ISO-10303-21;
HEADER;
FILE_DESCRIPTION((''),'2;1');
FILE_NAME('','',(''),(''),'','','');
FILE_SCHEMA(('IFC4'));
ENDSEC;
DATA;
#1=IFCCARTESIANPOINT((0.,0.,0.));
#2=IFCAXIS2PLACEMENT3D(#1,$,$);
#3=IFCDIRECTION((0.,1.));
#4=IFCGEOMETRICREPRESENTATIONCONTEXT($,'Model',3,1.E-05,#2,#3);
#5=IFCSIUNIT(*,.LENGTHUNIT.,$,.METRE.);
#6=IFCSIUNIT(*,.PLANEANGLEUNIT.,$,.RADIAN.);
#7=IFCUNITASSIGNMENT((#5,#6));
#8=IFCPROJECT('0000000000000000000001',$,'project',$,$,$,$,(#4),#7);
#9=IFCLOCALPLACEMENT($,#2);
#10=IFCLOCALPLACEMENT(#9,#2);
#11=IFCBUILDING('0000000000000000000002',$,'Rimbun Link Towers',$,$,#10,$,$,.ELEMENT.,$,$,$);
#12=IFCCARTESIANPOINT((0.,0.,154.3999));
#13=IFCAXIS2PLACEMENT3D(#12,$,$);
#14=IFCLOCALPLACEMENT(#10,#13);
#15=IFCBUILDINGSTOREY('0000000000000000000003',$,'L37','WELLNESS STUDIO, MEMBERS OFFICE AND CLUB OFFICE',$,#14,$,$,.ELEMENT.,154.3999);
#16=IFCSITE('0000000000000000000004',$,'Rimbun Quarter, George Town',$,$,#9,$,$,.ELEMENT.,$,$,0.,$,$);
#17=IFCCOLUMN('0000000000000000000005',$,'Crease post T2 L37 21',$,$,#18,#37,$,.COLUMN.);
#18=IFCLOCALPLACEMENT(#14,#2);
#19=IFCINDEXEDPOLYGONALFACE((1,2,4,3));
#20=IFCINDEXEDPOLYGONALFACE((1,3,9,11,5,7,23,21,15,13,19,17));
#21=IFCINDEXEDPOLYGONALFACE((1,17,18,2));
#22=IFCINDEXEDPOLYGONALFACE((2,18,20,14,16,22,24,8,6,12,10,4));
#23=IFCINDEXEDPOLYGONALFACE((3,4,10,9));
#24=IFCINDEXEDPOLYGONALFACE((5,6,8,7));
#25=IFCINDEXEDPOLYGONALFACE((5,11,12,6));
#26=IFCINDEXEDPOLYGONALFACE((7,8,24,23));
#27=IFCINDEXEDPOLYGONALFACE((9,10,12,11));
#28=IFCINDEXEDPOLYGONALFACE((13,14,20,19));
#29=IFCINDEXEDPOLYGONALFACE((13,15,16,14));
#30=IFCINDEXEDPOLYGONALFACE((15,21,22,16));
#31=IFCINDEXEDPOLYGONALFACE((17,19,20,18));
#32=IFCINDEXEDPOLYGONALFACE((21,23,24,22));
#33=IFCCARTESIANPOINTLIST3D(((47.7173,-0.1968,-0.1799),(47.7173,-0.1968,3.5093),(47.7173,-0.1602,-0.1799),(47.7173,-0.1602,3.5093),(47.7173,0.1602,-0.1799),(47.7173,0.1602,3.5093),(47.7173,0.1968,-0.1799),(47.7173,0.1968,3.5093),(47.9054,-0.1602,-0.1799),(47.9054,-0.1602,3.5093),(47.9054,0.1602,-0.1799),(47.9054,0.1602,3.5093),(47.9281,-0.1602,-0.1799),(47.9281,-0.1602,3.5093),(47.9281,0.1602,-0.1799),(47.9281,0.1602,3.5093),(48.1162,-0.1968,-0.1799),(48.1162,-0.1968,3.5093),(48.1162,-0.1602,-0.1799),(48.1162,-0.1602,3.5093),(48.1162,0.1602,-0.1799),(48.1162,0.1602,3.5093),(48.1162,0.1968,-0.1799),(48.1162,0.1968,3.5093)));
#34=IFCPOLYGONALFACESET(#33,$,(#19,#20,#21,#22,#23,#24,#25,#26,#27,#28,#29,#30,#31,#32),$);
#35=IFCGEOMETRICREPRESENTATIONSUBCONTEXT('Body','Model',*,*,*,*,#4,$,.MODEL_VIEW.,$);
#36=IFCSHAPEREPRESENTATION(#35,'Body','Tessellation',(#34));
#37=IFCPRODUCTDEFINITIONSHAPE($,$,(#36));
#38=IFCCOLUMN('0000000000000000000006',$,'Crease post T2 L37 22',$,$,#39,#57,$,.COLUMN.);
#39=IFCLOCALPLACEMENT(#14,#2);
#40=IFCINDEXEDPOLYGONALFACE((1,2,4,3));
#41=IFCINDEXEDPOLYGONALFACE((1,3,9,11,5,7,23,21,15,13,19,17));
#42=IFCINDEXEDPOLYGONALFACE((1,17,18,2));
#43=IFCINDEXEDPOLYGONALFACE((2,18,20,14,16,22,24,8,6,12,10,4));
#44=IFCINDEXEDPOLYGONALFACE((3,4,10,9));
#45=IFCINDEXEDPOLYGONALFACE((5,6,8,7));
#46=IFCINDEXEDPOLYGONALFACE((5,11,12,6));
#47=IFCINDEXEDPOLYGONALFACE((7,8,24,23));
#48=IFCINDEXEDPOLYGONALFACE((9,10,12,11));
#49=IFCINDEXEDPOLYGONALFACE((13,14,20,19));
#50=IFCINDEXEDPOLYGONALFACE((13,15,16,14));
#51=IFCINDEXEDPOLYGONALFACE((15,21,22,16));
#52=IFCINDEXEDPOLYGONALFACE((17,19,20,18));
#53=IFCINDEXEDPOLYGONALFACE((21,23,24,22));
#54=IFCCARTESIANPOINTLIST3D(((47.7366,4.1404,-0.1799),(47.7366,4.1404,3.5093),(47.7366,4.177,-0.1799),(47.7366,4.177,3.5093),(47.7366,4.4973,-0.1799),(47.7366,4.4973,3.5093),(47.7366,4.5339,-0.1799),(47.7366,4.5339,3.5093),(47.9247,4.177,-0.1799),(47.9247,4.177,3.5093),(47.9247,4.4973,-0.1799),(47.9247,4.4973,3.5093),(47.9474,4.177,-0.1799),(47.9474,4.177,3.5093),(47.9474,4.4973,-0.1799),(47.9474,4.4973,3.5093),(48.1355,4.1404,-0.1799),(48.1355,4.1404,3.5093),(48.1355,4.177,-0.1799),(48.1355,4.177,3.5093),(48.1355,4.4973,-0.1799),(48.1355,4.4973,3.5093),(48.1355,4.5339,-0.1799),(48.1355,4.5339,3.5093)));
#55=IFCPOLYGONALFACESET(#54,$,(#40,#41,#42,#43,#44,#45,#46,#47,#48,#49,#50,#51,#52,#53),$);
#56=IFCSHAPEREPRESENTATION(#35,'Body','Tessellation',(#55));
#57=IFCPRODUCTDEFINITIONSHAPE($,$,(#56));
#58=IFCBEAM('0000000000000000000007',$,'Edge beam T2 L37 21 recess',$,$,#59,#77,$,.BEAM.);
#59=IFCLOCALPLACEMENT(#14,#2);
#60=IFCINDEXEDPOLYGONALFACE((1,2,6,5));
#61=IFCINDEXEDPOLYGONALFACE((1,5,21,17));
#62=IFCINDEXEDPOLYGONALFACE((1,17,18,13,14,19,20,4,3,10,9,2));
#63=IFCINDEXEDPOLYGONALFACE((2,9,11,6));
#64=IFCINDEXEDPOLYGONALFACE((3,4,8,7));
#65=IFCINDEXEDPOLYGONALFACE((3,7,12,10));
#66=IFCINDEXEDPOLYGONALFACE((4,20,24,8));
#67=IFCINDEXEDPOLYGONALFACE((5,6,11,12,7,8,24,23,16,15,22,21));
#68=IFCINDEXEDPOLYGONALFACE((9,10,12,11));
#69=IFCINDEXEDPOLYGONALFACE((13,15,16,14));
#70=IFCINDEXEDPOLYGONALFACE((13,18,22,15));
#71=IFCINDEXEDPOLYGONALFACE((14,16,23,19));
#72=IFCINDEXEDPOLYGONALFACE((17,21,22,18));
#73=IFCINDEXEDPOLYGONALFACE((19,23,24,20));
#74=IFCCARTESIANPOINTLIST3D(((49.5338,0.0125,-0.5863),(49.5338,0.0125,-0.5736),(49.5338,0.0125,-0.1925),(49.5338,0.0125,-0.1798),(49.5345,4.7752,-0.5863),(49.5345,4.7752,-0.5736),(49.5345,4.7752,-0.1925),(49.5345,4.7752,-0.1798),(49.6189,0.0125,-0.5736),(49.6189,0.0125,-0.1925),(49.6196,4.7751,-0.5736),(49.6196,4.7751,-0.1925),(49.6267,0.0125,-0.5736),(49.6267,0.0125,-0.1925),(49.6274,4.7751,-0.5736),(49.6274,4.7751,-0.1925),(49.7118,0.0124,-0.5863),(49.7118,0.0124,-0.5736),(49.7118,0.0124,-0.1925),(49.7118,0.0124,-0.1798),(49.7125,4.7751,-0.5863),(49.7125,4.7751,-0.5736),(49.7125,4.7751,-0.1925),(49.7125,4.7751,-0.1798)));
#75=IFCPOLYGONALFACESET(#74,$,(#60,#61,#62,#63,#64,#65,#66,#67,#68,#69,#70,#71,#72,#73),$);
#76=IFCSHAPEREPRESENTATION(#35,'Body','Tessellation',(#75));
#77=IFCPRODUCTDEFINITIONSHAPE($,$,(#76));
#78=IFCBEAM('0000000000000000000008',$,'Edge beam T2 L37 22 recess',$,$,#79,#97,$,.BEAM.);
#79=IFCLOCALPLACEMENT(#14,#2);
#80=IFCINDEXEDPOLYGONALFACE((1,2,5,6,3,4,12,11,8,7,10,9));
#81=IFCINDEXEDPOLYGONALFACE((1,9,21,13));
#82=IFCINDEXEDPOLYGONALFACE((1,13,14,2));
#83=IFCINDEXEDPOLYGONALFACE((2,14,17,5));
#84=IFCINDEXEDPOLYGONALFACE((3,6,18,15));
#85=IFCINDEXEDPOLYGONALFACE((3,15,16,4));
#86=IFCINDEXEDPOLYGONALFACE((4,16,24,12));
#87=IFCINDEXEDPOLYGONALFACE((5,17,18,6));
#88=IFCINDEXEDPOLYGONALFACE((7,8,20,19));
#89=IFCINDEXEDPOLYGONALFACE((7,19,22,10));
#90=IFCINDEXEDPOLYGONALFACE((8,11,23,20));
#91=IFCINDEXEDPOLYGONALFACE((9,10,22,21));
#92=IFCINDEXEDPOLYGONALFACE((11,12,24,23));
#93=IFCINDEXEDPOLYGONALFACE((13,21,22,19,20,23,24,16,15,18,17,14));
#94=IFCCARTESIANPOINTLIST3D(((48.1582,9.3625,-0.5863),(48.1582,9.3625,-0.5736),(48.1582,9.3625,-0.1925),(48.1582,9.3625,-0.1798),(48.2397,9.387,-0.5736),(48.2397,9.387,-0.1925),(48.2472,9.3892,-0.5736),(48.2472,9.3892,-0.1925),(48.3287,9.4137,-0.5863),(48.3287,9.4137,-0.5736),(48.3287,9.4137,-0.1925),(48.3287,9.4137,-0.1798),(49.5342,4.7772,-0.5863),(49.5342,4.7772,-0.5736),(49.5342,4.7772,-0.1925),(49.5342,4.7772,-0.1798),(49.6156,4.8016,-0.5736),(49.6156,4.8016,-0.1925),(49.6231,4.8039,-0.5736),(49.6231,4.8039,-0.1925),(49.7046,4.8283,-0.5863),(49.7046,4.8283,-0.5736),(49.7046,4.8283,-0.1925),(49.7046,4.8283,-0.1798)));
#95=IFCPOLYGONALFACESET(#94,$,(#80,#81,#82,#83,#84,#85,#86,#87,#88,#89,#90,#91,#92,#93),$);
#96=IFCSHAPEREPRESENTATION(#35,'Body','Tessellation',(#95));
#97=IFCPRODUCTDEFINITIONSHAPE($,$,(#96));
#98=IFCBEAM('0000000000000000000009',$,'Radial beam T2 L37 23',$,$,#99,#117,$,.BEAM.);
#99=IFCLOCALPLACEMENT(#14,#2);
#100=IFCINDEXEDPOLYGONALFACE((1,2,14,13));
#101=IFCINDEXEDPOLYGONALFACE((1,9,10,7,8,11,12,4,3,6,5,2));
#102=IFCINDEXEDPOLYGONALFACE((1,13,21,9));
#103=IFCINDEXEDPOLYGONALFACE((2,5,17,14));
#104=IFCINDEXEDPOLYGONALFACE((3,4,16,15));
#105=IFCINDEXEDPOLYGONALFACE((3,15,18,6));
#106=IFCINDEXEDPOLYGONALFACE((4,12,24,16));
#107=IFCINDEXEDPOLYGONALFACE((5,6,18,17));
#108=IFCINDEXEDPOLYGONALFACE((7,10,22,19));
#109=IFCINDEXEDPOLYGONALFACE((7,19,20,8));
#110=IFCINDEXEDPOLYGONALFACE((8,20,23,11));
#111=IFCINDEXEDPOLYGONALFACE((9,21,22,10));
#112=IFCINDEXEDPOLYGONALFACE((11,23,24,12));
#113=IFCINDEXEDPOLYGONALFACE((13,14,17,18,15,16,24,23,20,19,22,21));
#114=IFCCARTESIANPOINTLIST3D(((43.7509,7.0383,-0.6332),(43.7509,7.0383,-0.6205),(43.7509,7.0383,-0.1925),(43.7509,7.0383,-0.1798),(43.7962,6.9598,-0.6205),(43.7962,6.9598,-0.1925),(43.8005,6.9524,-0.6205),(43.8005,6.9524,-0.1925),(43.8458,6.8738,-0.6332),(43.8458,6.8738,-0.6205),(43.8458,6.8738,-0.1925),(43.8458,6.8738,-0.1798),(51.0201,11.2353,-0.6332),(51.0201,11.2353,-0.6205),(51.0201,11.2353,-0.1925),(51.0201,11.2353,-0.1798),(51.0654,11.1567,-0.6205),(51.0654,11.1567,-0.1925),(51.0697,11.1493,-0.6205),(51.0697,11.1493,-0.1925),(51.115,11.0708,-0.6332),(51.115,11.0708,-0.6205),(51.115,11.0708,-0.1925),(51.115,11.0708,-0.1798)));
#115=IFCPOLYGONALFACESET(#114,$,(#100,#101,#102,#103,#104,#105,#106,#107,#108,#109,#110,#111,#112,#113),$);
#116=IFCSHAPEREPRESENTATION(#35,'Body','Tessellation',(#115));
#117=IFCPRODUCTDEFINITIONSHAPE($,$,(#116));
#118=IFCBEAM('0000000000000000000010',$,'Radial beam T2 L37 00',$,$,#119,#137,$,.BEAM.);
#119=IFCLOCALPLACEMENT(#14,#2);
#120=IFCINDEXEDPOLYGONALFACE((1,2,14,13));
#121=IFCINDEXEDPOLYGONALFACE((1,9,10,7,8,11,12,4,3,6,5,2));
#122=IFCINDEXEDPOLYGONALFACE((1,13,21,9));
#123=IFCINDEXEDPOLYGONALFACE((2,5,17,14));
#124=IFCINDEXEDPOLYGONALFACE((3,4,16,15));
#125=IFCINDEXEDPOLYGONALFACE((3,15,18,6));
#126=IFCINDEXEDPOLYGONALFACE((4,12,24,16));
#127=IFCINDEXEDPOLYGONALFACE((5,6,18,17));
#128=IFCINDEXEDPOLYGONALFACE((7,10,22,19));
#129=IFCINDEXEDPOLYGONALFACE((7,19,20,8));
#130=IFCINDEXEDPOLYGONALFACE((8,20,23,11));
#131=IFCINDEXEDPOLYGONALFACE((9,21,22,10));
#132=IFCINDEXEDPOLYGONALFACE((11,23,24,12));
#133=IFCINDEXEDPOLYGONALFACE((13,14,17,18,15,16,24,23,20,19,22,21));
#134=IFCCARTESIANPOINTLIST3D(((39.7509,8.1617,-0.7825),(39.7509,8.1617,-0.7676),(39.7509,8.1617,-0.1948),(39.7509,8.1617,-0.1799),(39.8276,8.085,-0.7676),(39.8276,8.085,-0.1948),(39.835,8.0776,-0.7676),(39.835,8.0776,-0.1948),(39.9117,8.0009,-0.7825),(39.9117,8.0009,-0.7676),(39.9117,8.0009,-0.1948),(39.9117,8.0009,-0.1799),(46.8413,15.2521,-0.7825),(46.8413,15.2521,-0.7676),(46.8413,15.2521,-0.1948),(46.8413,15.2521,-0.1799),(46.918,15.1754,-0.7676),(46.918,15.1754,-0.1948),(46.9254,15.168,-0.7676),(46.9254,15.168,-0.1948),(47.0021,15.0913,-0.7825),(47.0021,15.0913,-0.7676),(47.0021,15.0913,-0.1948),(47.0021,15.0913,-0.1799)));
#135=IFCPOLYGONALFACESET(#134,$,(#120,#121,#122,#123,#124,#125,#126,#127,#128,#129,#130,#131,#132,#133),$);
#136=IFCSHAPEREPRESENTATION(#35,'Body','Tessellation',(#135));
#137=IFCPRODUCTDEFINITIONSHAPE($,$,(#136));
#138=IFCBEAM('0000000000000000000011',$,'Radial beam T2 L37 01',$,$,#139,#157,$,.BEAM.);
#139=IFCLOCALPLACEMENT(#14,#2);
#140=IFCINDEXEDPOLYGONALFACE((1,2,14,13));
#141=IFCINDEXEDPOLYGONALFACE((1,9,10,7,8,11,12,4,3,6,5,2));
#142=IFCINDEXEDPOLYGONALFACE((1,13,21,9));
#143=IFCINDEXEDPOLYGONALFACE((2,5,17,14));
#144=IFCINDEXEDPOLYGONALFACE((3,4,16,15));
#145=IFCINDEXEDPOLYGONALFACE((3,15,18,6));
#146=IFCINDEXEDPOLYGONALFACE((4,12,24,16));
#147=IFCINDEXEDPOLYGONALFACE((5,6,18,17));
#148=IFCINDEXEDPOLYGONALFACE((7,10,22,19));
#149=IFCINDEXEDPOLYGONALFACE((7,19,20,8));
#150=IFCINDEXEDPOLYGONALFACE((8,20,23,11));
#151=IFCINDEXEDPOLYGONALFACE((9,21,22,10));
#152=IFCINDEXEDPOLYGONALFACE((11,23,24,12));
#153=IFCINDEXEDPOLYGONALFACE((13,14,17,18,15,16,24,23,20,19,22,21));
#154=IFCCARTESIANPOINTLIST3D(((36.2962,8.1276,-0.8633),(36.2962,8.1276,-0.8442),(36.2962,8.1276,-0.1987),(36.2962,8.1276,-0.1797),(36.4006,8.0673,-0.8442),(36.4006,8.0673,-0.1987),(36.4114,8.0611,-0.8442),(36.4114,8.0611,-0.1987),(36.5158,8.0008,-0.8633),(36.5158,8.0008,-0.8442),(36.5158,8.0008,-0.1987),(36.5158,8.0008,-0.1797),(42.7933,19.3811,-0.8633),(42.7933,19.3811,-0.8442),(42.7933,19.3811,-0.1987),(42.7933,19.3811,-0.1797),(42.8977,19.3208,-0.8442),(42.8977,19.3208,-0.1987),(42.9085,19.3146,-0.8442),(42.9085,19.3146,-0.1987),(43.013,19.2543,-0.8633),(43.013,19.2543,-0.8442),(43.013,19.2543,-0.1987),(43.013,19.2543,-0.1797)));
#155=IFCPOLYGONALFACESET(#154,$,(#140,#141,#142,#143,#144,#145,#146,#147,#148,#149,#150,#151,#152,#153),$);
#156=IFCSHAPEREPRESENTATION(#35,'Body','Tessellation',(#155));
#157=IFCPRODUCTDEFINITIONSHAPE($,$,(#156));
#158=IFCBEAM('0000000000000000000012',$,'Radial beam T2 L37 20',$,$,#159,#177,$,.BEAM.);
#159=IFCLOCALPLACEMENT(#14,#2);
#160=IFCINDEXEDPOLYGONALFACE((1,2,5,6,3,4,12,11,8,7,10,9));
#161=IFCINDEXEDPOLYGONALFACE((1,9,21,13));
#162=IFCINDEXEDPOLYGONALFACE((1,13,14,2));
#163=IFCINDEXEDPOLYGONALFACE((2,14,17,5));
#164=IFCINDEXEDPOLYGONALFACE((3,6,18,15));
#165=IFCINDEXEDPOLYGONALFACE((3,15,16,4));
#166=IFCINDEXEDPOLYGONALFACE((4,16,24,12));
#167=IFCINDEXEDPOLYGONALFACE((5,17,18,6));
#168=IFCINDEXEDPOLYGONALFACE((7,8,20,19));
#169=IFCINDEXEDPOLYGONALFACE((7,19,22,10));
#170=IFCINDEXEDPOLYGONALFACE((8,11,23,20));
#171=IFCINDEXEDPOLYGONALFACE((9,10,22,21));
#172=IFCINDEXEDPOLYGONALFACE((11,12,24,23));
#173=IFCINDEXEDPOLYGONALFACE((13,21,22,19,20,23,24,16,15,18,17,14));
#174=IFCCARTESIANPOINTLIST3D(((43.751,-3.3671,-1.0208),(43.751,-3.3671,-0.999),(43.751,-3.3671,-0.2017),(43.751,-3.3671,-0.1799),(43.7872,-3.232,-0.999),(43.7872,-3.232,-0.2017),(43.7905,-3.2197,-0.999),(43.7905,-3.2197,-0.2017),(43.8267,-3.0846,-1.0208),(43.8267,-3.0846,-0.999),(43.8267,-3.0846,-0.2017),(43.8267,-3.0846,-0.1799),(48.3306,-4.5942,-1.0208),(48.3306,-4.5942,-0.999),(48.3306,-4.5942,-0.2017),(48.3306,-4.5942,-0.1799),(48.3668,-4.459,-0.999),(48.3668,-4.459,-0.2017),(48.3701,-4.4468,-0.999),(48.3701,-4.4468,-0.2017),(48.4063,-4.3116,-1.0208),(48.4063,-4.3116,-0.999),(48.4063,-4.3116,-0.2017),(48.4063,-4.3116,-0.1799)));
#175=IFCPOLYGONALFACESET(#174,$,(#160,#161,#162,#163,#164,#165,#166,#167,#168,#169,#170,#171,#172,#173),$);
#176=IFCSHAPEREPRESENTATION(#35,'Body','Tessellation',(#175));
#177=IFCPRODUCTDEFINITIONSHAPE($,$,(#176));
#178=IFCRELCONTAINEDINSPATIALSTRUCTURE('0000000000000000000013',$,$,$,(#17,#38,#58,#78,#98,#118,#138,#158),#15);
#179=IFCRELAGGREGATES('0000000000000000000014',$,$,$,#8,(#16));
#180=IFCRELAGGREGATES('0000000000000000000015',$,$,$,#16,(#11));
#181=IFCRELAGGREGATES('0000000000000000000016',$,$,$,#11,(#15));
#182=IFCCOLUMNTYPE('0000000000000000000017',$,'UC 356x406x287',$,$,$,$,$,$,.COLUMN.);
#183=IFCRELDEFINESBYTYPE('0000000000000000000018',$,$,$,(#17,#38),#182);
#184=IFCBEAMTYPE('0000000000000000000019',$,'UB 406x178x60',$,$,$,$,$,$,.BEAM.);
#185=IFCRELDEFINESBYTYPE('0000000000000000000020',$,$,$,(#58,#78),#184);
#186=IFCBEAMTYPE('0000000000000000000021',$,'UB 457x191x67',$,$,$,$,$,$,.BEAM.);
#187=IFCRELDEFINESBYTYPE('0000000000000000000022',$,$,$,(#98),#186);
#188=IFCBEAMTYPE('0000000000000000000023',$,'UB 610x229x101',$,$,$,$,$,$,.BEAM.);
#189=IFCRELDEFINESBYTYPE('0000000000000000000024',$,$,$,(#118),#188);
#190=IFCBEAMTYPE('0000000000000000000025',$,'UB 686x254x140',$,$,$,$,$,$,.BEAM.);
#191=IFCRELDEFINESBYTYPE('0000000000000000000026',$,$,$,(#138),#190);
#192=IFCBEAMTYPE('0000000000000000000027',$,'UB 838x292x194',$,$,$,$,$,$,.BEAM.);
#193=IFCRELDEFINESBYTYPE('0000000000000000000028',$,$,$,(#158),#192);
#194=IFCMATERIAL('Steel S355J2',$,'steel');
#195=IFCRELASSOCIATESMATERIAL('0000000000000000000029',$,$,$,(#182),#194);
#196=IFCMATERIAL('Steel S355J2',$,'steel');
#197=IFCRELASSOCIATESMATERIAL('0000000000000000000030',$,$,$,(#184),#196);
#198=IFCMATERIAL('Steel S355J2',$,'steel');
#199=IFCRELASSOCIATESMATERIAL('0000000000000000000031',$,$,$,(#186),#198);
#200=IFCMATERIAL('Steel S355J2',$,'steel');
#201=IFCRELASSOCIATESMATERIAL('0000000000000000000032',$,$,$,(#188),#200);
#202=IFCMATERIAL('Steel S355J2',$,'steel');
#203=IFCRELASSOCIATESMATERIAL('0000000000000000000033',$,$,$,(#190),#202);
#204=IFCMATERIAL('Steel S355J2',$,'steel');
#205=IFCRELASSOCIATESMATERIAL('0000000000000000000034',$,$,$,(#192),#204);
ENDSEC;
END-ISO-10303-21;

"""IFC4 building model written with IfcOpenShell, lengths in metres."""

from ifc_helpers import new_model, si_unit, direction, frame, origin, origin_2d, place, context, subcontext, project, spatial, i_section, extrude, material, material_profile, profile_set, type_object, element, save


model = new_model("IFC4")

# Units and contexts
model_context = context("Model", 3, precision=1e-05, world=origin(), true_north=direction((0.0, 1.0)))
body_context = subcontext(model_context, "Body", "Model", "MODEL_VIEW")
ifc_project = project(units=[si_unit("LENGTHUNIT", "METRE"), si_unit("PLANEANGLEUNIT", "RADIAN")], contexts=[model_context])

# Site, building, storey
site_placement = place(None, origin())
site = spatial("IfcSite", under=ifc_project, at=site_placement, Name="Rimbun Quarter, George Town", CompositionType="ELEMENT", RefElevation=0.0)
building_placement = place(site_placement, origin())
building = spatial("IfcBuilding", under=site, at=building_placement, Name="Rimbun Link Towers", CompositionType="ELEMENT")
storey_placement = place(building_placement, frame((0.0, 0.0, 154.3999)))
storey = spatial("IfcBuildingStorey", under=building, at=storey_placement, Name="L37", Description="WELLNESS STUDIO, MEMBERS OFFICE AND CLUB OFFICE", CompositionType="ELEMENT", Elevation=154.3999)

# Columns
ifc_material_1 = material(Name="Steel S355J2", Category="steel")
ifc_material_profile_1 = material_profile(ifc_material_1, i_section(OverallWidth=0.3989, OverallDepth=0.3936, WebThickness=0.0227, FlangeThickness=0.0366, at=origin_2d()), Name="UC 356x406x287")
ifc_profile_set_1 = profile_set([ifc_material_profile_1], Name="Steel S355J2")
column_type = type_object("IfcColumnType", Name="UC 356x406x287", PredefinedType="COLUMN", material=ifc_profile_set_1)
for number, where, z_axis, x_axis, name in (
    (1, (47.9167, 0.0, -0.1799), (0.0, 0.0, 1.0), (1.0, 0.0, 0.0), "Crease post T2 L37 21"),
    (2, (47.936, 4.3372, -0.1799), (0.0, 0.0, 1.0), (1.0, 0.0, 0.0), "Crease post T2 L37 22"),
):
    element("IfcColumn", number, at=place(storey_placement, frame(where, z_axis=z_axis, x_axis=x_axis)), inside=storey, type_object=column_type, Name=name, PredefinedType="COLUMN", context=body_context, shape_type="SweptSolid", body=[
        extrude(i_section(OverallWidth=0.3989, OverallDepth=0.3936, WebThickness=0.0227, FlangeThickness=0.0366, at=origin_2d()), origin(), (0.0, 0.0, 1.0), 3.6892),
    ])

# Beams
ifc_material_2 = material(Name="Steel S355J2", Category="steel")
ifc_material_profile_2 = material_profile(ifc_material_2, i_section(OverallWidth=0.178, OverallDepth=0.4065, WebThickness=0.0078, FlangeThickness=0.0127, at=origin_2d()), Name="UB 406x178x60")
ifc_profile_set_2 = profile_set([ifc_material_profile_2], Name="Steel S355J2")
beam_type_1 = type_object("IfcBeamType", Name="UB 406x178x60", PredefinedType="BEAM", material=ifc_profile_set_2)
beam_1_placement = place(storey_placement, frame((49.6228, 0.0125, -0.3831), z_axis=(0.000154, 1.0, 0.0), x_axis=(-1.0, 0.000154, 0.0)))
element("IfcBeam", 3, at=beam_1_placement, inside=storey, type_object=beam_type_1, Name="Edge beam T2 L37 21 recess", PredefinedType="BEAM", context=body_context, shape_type="SweptSolid", body=[
    extrude(i_section(OverallWidth=0.178, OverallDepth=0.4065, WebThickness=0.0078, FlangeThickness=0.0127, at=origin_2d()), origin(), (0.0, 0.0, 1.0), 4.7627),
])
beam_2_placement = place(storey_placement, frame((49.6194, 4.8027, -0.3831), z_axis=(-0.287413, 0.957807, 0.0), x_axis=(-0.957807, -0.287413, 0.0)))
element("IfcBeam", 4, at=beam_2_placement, inside=storey, type_object=beam_type_1, Name="Edge beam T2 L37 22 recess", PredefinedType="BEAM", context=body_context, shape_type="SweptSolid", body=[
    extrude(i_section(OverallWidth=0.178, OverallDepth=0.4065, WebThickness=0.0078, FlangeThickness=0.0127, at=origin_2d()), origin(), (0.0, 0.0, 1.0), 4.7874),
])
ifc_material_3 = material(Name="Steel S355J2", Category="steel")
ifc_material_profile_3 = material_profile(ifc_material_3, i_section(OverallWidth=0.1899, OverallDepth=0.4534, WebThickness=0.0085, FlangeThickness=0.0127, at=origin_2d()), Name="UB 457x191x67")
ifc_profile_set_3 = profile_set([ifc_material_profile_3], Name="Steel S355J2")
beam_type_2 = type_object("IfcBeamType", Name="UB 457x191x67", PredefinedType="BEAM", material=ifc_profile_set_3)
beam_3_placement = place(storey_placement, frame((43.7983, 6.9561, -0.4065), z_axis=(0.86602, 0.500009, 0.0), x_axis=(-0.500009, 0.86602, 0.0)))
element("IfcBeam", 5, at=beam_3_placement, inside=storey, type_object=beam_type_2, Name="Radial beam T2 L37 23", PredefinedType="BEAM", context=body_context, shape_type="SweptSolid", body=[
    extrude(i_section(OverallWidth=0.1899, OverallDepth=0.4534, WebThickness=0.0085, FlangeThickness=0.0127, at=origin_2d()), origin(), (0.0, 0.0, 1.0), 8.3938),
])
ifc_material_4 = material(Name="Steel S355J2", Category="steel")
ifc_material_profile_4 = material_profile(ifc_material_4, i_section(OverallWidth=0.2275, OverallDepth=0.6025, WebThickness=0.0105, FlangeThickness=0.0149, at=origin_2d()), Name="UB 610x229x101")
ifc_profile_set_4 = profile_set([ifc_material_profile_4], Name="Steel S355J2")
beam_type_3 = type_object("IfcBeamType", Name="UB 610x229x101", PredefinedType="BEAM", material=ifc_profile_set_4)
beam_4_placement = place(storey_placement, frame((39.8313, 8.0813, -0.4812), z_axis=(0.707107, 0.707107, 0.0), x_axis=(-0.707107, 0.707107, 0.0)))
element("IfcBeam", 6, at=beam_4_placement, inside=storey, type_object=beam_type_3, Name="Radial beam T2 L37 00", PredefinedType="BEAM", context=body_context, shape_type="SweptSolid", body=[
    extrude(i_section(OverallWidth=0.2275, OverallDepth=0.6025, WebThickness=0.0105, FlangeThickness=0.0149, at=origin_2d()), origin(), (0.0, 0.0, 1.0), 10.0273),
])
ifc_material_5 = material(Name="Steel S355J2", Category="steel")
ifc_material_profile_5 = material_profile(ifc_material_5, i_section(OverallWidth=0.2537, OverallDepth=0.6836, WebThickness=0.0125, FlangeThickness=0.019, at=origin_2d()), Name="UB 686x254x140")
ifc_profile_set_5 = profile_set([ifc_material_profile_5], Name="Steel S355J2")
beam_type_4 = type_object("IfcBeamType", Name="UB 686x254x140", PredefinedType="BEAM", material=ifc_profile_set_5)
beam_5_placement = place(storey_placement, frame((36.406, 8.0642, -0.5215), z_axis=(0.499995, 0.866029, 0.0), x_axis=(-0.866029, 0.499995, 0.0)))
element("IfcBeam", 7, at=beam_5_placement, inside=storey, type_object=beam_type_4, Name="Radial beam T2 L37 01", PredefinedType="BEAM", context=body_context, shape_type="SweptSolid", body=[
    extrude(i_section(OverallWidth=0.2537, OverallDepth=0.6836, WebThickness=0.0125, FlangeThickness=0.019, at=origin_2d()), origin(), (0.0, 0.0, 1.0), 12.9944),
])
ifc_material_6 = material(Name="Steel S355J2", Category="steel")
ifc_material_profile_6 = material_profile(ifc_material_6, i_section(OverallWidth=0.2925, OverallDepth=0.8408, WebThickness=0.0127, FlangeThickness=0.0217, at=origin_2d()), Name="UB 838x292x194")
ifc_profile_set_6 = profile_set([ifc_material_profile_6], Name="Steel S355J2")
beam_type_5 = type_object("IfcBeamType", Name="UB 838x292x194", PredefinedType="BEAM", material=ifc_profile_set_6)
beam_6_placement = place(storey_placement, frame((43.7888, -3.2258, -0.6003), z_axis=(0.965928, -0.25881, 0.0), x_axis=(0.25881, 0.965928, 0.0)))
element("IfcBeam", 8, at=beam_6_placement, inside=storey, type_object=beam_type_5, Name="Radial beam T2 L37 20", PredefinedType="BEAM", context=body_context, shape_type="SweptSolid", body=[
    extrude(i_section(OverallWidth=0.2925, OverallDepth=0.8408, WebThickness=0.0127, FlangeThickness=0.0217, at=origin_2d()), origin(), (0.0, 0.0, 1.0), 4.7412),
])

save(model, "model.ifc")
